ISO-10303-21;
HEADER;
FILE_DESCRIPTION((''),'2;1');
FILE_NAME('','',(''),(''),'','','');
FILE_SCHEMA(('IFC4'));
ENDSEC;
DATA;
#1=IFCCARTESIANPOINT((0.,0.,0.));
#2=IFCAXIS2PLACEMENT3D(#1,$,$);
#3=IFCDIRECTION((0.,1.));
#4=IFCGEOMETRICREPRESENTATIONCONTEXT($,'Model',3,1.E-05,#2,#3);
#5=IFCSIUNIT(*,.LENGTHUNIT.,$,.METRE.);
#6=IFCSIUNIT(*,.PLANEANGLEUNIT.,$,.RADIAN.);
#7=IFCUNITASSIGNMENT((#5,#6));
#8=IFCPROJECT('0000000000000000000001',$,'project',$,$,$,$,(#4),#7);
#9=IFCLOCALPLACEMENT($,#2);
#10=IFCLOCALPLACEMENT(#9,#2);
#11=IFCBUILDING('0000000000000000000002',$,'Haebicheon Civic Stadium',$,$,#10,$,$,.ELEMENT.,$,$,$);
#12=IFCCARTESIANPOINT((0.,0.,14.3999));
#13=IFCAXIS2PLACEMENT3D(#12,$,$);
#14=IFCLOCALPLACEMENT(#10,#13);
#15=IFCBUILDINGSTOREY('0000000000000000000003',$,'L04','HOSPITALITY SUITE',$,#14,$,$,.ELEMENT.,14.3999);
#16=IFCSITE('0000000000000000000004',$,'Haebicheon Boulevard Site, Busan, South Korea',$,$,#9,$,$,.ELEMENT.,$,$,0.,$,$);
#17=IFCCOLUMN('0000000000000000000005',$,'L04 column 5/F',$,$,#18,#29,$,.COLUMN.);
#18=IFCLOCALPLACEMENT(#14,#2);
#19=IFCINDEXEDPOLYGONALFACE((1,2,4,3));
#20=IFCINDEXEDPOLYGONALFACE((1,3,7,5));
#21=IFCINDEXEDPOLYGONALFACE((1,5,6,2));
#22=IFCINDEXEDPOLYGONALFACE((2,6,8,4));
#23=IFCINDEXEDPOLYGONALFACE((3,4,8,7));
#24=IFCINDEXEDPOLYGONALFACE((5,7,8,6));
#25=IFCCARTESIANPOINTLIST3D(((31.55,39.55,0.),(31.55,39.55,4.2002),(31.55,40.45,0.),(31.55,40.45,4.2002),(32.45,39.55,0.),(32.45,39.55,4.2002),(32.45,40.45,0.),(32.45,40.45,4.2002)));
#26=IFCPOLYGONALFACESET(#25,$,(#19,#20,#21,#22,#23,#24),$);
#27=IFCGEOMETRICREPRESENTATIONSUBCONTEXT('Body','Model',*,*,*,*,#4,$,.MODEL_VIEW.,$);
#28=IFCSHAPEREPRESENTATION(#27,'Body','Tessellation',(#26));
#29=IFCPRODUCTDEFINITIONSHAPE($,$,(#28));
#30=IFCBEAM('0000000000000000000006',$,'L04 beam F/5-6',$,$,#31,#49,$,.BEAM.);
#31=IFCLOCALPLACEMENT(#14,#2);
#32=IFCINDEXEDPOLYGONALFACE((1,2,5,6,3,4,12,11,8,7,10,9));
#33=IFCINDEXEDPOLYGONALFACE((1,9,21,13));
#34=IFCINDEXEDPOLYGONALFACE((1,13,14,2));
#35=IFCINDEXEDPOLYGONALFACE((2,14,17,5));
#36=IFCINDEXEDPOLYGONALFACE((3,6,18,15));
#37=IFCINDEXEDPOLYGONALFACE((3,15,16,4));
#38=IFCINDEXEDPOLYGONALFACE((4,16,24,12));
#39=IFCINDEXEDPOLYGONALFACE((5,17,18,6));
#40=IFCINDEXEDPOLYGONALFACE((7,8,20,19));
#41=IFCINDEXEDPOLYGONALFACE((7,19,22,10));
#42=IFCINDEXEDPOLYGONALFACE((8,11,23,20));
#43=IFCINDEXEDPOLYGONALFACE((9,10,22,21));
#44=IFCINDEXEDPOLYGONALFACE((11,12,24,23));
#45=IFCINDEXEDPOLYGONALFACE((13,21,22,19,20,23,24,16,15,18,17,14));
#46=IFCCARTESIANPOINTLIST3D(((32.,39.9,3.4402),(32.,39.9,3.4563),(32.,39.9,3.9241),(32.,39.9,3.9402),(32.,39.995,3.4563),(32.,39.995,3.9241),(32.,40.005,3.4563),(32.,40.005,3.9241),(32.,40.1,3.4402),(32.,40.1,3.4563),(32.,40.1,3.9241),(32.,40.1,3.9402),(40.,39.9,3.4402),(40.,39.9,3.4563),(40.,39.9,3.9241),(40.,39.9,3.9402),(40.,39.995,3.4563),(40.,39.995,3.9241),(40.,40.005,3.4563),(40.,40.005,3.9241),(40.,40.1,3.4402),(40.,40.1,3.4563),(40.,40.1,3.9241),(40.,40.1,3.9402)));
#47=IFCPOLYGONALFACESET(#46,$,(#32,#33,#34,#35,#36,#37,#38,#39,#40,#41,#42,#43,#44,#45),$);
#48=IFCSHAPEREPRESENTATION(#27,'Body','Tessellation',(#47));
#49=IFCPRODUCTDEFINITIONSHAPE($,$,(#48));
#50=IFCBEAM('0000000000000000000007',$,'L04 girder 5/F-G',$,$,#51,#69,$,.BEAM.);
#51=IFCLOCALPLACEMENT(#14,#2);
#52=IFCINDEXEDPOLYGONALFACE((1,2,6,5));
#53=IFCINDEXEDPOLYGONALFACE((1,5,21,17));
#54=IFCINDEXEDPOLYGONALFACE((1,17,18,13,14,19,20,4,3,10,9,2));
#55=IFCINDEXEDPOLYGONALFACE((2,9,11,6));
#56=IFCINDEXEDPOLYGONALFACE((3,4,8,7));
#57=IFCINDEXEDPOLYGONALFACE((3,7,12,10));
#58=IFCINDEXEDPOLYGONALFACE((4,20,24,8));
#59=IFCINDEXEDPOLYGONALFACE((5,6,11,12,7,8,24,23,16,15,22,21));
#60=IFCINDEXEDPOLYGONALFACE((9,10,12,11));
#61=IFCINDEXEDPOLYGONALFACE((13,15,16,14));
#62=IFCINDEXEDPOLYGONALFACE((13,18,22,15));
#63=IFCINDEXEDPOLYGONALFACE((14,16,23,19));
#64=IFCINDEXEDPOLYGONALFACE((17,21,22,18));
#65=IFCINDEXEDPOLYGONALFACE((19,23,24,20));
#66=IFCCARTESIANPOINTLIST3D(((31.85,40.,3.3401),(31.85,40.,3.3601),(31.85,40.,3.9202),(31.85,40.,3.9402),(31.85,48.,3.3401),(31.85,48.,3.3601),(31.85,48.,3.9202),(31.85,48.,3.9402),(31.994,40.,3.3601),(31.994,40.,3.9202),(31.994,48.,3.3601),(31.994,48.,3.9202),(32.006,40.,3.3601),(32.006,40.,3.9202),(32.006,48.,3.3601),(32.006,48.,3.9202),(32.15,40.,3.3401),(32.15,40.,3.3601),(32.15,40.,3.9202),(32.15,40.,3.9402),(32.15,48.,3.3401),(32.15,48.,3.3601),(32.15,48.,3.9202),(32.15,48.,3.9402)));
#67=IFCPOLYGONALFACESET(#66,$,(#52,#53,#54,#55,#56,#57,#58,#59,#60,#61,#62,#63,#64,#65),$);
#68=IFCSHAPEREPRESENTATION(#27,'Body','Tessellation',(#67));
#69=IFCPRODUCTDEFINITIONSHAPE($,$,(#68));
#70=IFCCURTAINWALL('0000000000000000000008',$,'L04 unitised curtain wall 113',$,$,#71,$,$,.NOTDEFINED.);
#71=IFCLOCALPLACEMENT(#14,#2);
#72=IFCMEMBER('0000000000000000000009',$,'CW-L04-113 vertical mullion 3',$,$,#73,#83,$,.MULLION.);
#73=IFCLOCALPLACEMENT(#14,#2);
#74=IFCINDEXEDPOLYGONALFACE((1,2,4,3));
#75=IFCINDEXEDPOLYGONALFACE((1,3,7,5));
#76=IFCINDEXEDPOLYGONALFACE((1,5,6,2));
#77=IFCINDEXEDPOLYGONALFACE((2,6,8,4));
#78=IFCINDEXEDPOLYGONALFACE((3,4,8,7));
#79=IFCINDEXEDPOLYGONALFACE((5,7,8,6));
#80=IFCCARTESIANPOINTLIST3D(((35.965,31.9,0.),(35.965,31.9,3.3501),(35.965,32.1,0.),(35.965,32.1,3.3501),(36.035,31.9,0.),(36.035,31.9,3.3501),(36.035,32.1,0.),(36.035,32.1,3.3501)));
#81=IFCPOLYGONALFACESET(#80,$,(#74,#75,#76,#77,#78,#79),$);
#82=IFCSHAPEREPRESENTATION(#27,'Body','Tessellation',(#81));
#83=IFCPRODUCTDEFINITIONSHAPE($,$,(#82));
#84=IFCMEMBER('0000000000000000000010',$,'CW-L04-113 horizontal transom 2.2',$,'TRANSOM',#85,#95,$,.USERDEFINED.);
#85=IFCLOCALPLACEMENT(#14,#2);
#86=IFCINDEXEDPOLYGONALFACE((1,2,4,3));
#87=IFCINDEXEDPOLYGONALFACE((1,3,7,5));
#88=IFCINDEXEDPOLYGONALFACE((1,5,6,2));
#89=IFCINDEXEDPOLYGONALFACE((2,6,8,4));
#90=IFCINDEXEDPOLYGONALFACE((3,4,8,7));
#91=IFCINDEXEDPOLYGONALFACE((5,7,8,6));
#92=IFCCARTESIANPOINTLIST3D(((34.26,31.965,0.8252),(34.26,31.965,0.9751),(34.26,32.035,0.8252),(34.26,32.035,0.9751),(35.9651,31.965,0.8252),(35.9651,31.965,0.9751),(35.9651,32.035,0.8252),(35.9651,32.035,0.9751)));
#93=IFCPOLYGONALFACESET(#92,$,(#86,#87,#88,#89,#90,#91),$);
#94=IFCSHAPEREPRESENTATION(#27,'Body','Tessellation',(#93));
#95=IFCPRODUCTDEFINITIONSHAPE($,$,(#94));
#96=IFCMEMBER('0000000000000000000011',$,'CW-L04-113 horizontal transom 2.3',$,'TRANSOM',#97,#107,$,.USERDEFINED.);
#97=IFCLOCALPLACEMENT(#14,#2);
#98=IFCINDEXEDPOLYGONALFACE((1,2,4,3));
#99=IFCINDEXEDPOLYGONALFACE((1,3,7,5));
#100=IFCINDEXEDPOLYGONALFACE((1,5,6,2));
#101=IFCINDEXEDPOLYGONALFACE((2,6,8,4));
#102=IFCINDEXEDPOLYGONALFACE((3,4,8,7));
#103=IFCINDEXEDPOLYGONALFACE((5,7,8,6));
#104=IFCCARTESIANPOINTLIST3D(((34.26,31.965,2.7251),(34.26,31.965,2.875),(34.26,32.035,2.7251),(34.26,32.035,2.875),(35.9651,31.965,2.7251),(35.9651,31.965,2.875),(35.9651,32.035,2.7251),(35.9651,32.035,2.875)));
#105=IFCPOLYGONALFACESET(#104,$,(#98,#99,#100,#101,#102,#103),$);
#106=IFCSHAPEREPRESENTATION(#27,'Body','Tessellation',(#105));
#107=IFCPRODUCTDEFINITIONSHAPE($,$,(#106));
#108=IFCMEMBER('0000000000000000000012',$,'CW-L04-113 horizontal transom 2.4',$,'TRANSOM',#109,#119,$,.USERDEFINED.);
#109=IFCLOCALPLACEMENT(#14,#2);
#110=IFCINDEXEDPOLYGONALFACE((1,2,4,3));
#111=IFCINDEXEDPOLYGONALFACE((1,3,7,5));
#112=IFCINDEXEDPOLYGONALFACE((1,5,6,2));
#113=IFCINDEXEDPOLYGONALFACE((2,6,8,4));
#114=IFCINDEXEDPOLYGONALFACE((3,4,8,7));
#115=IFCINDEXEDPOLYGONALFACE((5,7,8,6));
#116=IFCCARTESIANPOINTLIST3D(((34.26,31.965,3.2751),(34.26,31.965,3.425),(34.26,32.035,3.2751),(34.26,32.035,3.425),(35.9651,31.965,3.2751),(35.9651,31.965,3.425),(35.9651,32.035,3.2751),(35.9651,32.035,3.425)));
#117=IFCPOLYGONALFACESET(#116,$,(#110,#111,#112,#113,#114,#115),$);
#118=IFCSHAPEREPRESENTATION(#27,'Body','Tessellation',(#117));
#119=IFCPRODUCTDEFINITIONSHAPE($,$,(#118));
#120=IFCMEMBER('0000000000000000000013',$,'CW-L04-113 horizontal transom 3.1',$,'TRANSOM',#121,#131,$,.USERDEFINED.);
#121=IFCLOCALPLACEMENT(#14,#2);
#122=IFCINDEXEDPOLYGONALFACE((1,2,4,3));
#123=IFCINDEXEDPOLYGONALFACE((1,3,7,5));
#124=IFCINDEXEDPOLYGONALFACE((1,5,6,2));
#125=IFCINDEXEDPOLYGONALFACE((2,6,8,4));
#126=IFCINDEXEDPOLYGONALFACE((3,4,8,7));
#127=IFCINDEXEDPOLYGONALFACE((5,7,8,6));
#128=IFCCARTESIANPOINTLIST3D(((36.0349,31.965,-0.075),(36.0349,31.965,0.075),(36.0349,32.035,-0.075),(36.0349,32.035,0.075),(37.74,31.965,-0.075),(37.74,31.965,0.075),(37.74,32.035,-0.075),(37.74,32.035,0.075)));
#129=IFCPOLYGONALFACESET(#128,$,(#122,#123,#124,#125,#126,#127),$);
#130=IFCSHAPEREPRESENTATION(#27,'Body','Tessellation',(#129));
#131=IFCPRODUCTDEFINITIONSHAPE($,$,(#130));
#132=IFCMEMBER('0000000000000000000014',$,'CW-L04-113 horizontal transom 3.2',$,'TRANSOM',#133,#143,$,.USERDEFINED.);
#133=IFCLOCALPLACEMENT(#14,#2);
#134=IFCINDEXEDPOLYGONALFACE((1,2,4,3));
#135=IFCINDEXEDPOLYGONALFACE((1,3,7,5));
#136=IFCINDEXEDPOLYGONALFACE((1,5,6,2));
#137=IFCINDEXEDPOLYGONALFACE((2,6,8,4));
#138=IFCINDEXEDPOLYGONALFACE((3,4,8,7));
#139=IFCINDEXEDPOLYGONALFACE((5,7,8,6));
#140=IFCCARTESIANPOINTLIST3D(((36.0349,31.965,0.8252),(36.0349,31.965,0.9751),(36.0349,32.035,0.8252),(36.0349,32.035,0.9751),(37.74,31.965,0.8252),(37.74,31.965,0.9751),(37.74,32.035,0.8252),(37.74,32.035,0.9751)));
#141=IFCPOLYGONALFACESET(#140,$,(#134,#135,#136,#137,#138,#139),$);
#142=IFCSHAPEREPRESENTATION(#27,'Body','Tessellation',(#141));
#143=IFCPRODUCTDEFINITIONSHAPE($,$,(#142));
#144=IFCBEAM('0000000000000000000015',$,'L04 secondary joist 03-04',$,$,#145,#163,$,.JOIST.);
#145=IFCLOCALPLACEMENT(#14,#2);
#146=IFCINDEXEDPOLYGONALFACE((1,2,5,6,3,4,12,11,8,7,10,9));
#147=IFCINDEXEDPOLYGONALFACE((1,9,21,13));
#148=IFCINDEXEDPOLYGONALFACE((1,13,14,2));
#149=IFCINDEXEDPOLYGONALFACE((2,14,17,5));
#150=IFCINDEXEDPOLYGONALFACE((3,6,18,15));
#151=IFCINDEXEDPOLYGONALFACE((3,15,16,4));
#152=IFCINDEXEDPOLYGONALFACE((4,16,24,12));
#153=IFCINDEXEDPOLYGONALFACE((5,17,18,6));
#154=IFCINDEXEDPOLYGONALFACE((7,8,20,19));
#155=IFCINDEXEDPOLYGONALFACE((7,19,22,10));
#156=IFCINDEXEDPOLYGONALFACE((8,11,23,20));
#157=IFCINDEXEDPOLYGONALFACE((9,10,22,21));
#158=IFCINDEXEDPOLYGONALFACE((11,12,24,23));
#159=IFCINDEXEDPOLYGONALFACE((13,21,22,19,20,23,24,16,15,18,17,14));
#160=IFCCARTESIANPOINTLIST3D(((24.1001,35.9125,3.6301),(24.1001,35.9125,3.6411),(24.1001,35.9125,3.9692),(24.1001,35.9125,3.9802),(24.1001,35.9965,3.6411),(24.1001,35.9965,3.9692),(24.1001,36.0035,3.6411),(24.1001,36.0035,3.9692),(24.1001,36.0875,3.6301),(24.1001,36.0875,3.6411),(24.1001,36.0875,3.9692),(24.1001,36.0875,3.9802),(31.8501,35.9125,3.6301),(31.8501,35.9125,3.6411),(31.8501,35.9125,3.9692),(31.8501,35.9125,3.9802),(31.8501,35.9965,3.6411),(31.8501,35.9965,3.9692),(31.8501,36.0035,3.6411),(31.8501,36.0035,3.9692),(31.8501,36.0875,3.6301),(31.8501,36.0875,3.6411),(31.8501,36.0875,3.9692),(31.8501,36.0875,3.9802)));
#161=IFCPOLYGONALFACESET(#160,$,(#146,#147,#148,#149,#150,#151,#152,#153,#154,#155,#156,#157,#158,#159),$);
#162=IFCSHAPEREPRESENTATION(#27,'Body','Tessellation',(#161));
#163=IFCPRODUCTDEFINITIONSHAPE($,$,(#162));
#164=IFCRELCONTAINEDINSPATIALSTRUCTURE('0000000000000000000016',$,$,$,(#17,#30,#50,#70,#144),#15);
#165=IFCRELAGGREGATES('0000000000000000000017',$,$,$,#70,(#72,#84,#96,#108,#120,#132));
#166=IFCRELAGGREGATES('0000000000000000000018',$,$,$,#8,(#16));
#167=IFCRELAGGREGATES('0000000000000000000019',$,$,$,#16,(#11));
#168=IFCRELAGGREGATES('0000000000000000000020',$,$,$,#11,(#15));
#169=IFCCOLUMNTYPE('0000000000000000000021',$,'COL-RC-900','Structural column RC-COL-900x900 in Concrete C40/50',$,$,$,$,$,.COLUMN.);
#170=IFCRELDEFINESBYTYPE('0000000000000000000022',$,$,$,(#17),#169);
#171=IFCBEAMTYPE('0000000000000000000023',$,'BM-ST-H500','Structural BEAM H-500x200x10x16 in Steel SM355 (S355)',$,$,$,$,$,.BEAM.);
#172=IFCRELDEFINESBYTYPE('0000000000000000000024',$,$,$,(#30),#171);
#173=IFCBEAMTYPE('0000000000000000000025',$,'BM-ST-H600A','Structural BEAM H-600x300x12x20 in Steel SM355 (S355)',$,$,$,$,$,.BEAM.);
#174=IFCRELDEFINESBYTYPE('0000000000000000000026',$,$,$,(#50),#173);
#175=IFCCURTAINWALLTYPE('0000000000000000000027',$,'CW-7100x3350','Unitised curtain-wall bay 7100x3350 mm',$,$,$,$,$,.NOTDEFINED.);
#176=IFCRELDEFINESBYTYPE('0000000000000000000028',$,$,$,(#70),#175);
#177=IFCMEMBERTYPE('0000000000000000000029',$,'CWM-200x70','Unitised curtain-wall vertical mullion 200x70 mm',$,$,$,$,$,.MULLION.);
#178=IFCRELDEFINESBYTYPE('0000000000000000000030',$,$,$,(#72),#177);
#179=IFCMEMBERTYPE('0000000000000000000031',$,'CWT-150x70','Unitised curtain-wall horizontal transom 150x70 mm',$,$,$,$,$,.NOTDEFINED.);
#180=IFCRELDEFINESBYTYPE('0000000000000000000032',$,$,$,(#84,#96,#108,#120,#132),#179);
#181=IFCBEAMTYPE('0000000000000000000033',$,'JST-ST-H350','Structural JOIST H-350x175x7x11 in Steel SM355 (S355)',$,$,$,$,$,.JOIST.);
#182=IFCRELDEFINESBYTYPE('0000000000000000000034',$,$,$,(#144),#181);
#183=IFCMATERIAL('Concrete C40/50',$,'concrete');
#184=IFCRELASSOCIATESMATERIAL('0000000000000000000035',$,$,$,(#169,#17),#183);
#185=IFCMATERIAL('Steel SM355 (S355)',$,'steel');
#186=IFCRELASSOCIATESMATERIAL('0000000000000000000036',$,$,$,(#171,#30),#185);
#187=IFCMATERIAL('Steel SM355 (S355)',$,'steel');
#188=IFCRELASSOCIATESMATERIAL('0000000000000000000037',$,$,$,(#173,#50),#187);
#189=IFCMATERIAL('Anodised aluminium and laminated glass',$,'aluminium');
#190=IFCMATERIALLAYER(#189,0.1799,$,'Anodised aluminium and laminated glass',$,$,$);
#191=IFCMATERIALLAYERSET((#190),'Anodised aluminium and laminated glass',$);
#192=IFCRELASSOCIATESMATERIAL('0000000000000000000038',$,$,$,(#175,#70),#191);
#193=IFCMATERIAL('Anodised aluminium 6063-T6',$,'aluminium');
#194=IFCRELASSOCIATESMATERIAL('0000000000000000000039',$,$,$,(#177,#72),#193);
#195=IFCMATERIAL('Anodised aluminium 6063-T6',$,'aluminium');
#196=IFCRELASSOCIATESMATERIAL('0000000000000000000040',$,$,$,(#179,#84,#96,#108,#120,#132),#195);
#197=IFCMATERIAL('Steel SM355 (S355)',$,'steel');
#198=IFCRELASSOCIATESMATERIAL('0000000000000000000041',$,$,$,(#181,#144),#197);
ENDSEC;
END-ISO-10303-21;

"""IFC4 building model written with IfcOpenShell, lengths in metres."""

from ifc_helpers import new_model, si_unit, direction, frame, origin, origin_2d, place, context, subcontext, project, spatial, rectangle, i_section, extrude, material, layer, layer_set, material_profile, profile_set, type_object, element, aggregate, save


model = new_model("IFC4")

# Units and contexts
model_context = context("Model", 3, precision=1e-05, world=origin(), true_north=direction((0.0, 1.0)))
body_context = subcontext(model_context, "Body", "Model", "MODEL_VIEW")
ifc_project = project(units=[si_unit("LENGTHUNIT", "METRE"), si_unit("PLANEANGLEUNIT", "RADIAN")], contexts=[model_context])

# Site, building, storey
site_placement = place(None, origin())
site = spatial("IfcSite", under=ifc_project, at=site_placement, Name="Haebicheon Boulevard Site, Busan, South Korea", CompositionType="ELEMENT", RefElevation=0.0)
building_placement = place(site_placement, origin())
building = spatial("IfcBuilding", under=site, at=building_placement, Name="Haebicheon Civic Stadium", CompositionType="ELEMENT")
storey_placement = place(building_placement, frame((0.0, 0.0, 14.3999)))
storey = spatial("IfcBuildingStorey", under=building, at=storey_placement, Name="L04", Description="HOSPITALITY SUITE", CompositionType="ELEMENT", Elevation=14.3999)

# Column
ifc_material_1 = material(Name="Concrete C40/50", Category="concrete")
ifc_material_profile_1 = material_profile(ifc_material_1, rectangle(XDim=0.8999, YDim=0.8999, at=origin_2d()), Name="RC-COL-900x900")
ifc_profile_set_1 = profile_set([ifc_material_profile_1], Name="Concrete C40/50")
column_type = type_object("IfcColumnType", Name="COL-RC-900", Description="Structural column RC-COL-900x900 in Concrete C40/50", PredefinedType="COLUMN", material=ifc_profile_set_1)
column_placement = place(storey_placement, frame((32.0, 40.0, 0.0), z_axis=(0.0, 0.0, 1.0), x_axis=(1.0, 0.0, 0.0)))
element("IfcColumn", 1, at=column_placement, inside=storey, type_object=column_type, material=ifc_profile_set_1, Name="L04 column 5/F", PredefinedType="COLUMN", context=body_context, shape_type="SweptSolid", body=[
    extrude(rectangle(XDim=0.8999, YDim=0.8999, at=origin_2d()), origin(), (0.0, 0.0, 1.0), 4.2002),
])

# Beams
ifc_material_2 = material(Name="Steel SM355 (S355)", Category="steel")
ifc_material_profile_2 = material_profile(ifc_material_2, i_section(OverallWidth=0.2, OverallDepth=0.5, WebThickness=0.01, FlangeThickness=0.0161, at=origin_2d()), Name="H-500x200x10x16")
ifc_profile_set_2 = profile_set([ifc_material_profile_2], Name="Steel SM355 (S355)")
beam_type_1 = type_object("IfcBeamType", Name="BM-ST-H500", Description="Structural BEAM H-500x200x10x16 in Steel SM355 (S355)", PredefinedType="BEAM", material=ifc_profile_set_2)
beam_1_placement = place(storey_placement, frame((32.0, 40.0, 3.6902), z_axis=(1.0, 0.0, 0.0), x_axis=(0.0, 1.0, 0.0)))
element("IfcBeam", 2, at=beam_1_placement, inside=storey, type_object=beam_type_1, material=ifc_profile_set_2, Name="L04 beam F/5-6", PredefinedType="BEAM", context=body_context, shape_type="SweptSolid", body=[
    extrude(i_section(OverallWidth=0.2, OverallDepth=0.5, WebThickness=0.01, FlangeThickness=0.0161, at=origin_2d()), origin(), (0.0, 0.0, 1.0), 8.0),
])
ifc_material_3 = material(Name="Steel SM355 (S355)", Category="steel")
ifc_material_profile_3 = material_profile(ifc_material_3, i_section(OverallWidth=0.3, OverallDepth=0.6001, WebThickness=0.012, FlangeThickness=0.02, at=origin_2d()), Name="H-600x300x12x20")
ifc_profile_set_3 = profile_set([ifc_material_profile_3], Name="Steel SM355 (S355)")
beam_type_2 = type_object("IfcBeamType", Name="BM-ST-H600A", Description="Structural BEAM H-600x300x12x20 in Steel SM355 (S355)", PredefinedType="BEAM", material=ifc_profile_set_3)
beam_2_placement = place(storey_placement, frame((32.0, 40.0, 3.6401), z_axis=(0.0, 1.0, 0.0), x_axis=(-1.0, 0.0, 0.0)))
element("IfcBeam", 3, at=beam_2_placement, inside=storey, type_object=beam_type_2, material=ifc_profile_set_3, Name="L04 girder 5/F-G", PredefinedType="BEAM", context=body_context, shape_type="SweptSolid", body=[
    extrude(i_section(OverallWidth=0.3, OverallDepth=0.6001, WebThickness=0.012, FlangeThickness=0.02, at=origin_2d()), origin(), (0.0, 0.0, 1.0), 8.0),
])

# Curtain wall, members
ifc_material_4 = material(Name="Anodised aluminium and laminated glass", Category="aluminium")
ifc_layer_1 = layer(ifc_material_4, 0.1799, Name="Anodised aluminium and laminated glass")
ifc_layer_set_1 = layer_set([ifc_layer_1], Name="Anodised aluminium and laminated glass")
curtain_wall_type = type_object("IfcCurtainWallType", Name="CW-7100x3350", Description="Unitised curtain-wall bay 7100x3350 mm", PredefinedType="NOTDEFINED", material=ifc_layer_set_1)
curtain_wall_placement = place(storey_placement, origin())
curtain_wall = element("IfcCurtainWall", 4, at=curtain_wall_placement, inside=storey, type_object=curtain_wall_type, material=ifc_layer_set_1, Name="L04 unitised curtain wall 113", PredefinedType="NOTDEFINED")
ifc_material_5 = material(Name="Anodised aluminium 6063-T6", Category="aluminium")
ifc_material_profile_4 = material_profile(ifc_material_5, rectangle(XDim=0.0701, YDim=0.2, at=origin_2d()), Name="ALU-MULL-70x200")
ifc_profile_set_4 = profile_set([ifc_material_profile_4], Name="Anodised aluminium 6063-T6")
member_type_1 = type_object("IfcMemberType", Name="CWM-200x70", Description="Unitised curtain-wall vertical mullion 200x70 mm", PredefinedType="MULLION", material=ifc_profile_set_4)
member_1_placement = place(storey_placement, frame((36.0, 32.0, 0.0), z_axis=(0.0, 0.0, 1.0), x_axis=(1.0, 0.0, 0.0)))
member_1 = element("IfcMember", 5, at=member_1_placement, type_object=member_type_1, material=ifc_profile_set_4, Name="CW-L04-113 vertical mullion 3", PredefinedType="MULLION", context=body_context, shape_type="SweptSolid", body=[
    extrude(rectangle(XDim=0.0701, YDim=0.2, at=origin_2d()), origin(), (0.0, 0.0, 1.0), 3.3501),
])
ifc_material_6 = material(Name="Anodised aluminium 6063-T6", Category="aluminium")
ifc_material_profile_5 = material_profile(ifc_material_6, rectangle(XDim=0.0701, YDim=0.1499, at=origin_2d()), Name="ALU-TRAN-70x150")
ifc_profile_set_5 = profile_set([ifc_material_profile_5], Name="Anodised aluminium 6063-T6")
member_type_2 = type_object("IfcMemberType", Name="CWT-150x70", Description="Unitised curtain-wall horizontal transom 150x70 mm", PredefinedType="NOTDEFINED", material=ifc_profile_set_5)
member_2_placement = place(storey_placement, frame((34.26, 32.0, 0.9001), z_axis=(1.0, 0.0, 0.0), x_axis=(0.0, 1.0, 0.0)))
member_2 = element("IfcMember", 6, at=member_2_placement, type_object=member_type_2, material=ifc_profile_set_5, Name="CW-L04-113 horizontal transom 2.2", ObjectType="TRANSOM", PredefinedType="USERDEFINED", context=body_context, shape_type="SweptSolid", body=[
    extrude(rectangle(XDim=0.0701, YDim=0.1499, at=origin_2d()), origin(), (0.0, 0.0, 1.0), 1.7051),
])
member_3_placement = place(storey_placement, frame((34.26, 32.0, 2.8), z_axis=(1.0, 0.0, 0.0), x_axis=(0.0, 1.0, 0.0)))
member_3 = element("IfcMember", 7, at=member_3_placement, type_object=member_type_2, material=ifc_profile_set_5, Name="CW-L04-113 horizontal transom 2.3", ObjectType="TRANSOM", PredefinedType="USERDEFINED", context=body_context, shape_type="SweptSolid", body=[
    extrude(rectangle(XDim=0.0701, YDim=0.1499, at=origin_2d()), origin(), (0.0, 0.0, 1.0), 1.7051),
])
member_4_placement = place(storey_placement, frame((34.26, 32.0, 3.3501), z_axis=(1.0, 0.0, 0.0), x_axis=(0.0, 1.0, 0.0)))
member_4 = element("IfcMember", 8, at=member_4_placement, type_object=member_type_2, material=ifc_profile_set_5, Name="CW-L04-113 horizontal transom 2.4", ObjectType="TRANSOM", PredefinedType="USERDEFINED", context=body_context, shape_type="SweptSolid", body=[
    extrude(rectangle(XDim=0.0701, YDim=0.1499, at=origin_2d()), origin(), (0.0, 0.0, 1.0), 1.7051),
])
member_5_placement = place(storey_placement, frame((36.0349, 32.0, 0.0), z_axis=(1.0, 0.0, 0.0), x_axis=(0.0, 1.0, 0.0)))
member_5 = element("IfcMember", 9, at=member_5_placement, type_object=member_type_2, material=ifc_profile_set_5, Name="CW-L04-113 horizontal transom 3.1", ObjectType="TRANSOM", PredefinedType="USERDEFINED", context=body_context, shape_type="SweptSolid", body=[
    extrude(rectangle(XDim=0.0701, YDim=0.1499, at=origin_2d()), origin(), (0.0, 0.0, 1.0), 1.7051),
])
member_6_placement = place(storey_placement, frame((36.0349, 32.0, 0.9001), z_axis=(1.0, 0.0, 0.0), x_axis=(0.0, 1.0, 0.0)))
member_6 = element("IfcMember", 10, at=member_6_placement, type_object=member_type_2, material=ifc_profile_set_5, Name="CW-L04-113 horizontal transom 3.2", ObjectType="TRANSOM", PredefinedType="USERDEFINED", context=body_context, shape_type="SweptSolid", body=[
    extrude(rectangle(XDim=0.0701, YDim=0.1499, at=origin_2d()), origin(), (0.0, 0.0, 1.0), 1.7051),
])

# Beam
ifc_material_7 = material(Name="Steel SM355 (S355)", Category="steel")
ifc_material_profile_6 = material_profile(ifc_material_7, i_section(OverallWidth=0.175, OverallDepth=0.3501, WebThickness=0.0071, FlangeThickness=0.011, at=origin_2d()), Name="H-350x175x7x11")
ifc_profile_set_6 = profile_set([ifc_material_profile_6], Name="Steel SM355 (S355)")
beam_type_3 = type_object("IfcBeamType", Name="JST-ST-H350", Description="Structural JOIST H-350x175x7x11 in Steel SM355 (S355)", PredefinedType="JOIST", material=ifc_profile_set_6)
beam_3_placement = place(storey_placement, frame((24.1001, 36.0, 3.8052), z_axis=(1.0, 0.0, 0.0), x_axis=(0.0, 1.0, 0.0)))
element("IfcBeam", 11, at=beam_3_placement, inside=storey, type_object=beam_type_3, material=ifc_profile_set_6, Name="L04 secondary joist 03-04", PredefinedType="JOIST", context=body_context, shape_type="SweptSolid", body=[
    extrude(i_section(OverallWidth=0.175, OverallDepth=0.3501, WebThickness=0.0071, FlangeThickness=0.011, at=origin_2d()), origin(), (0.0, 0.0, 1.0), 7.75),
])

aggregate(curtain_wall, [member_1, member_2, member_3, member_4, member_5, member_6])

save(model, "model.ifc")
